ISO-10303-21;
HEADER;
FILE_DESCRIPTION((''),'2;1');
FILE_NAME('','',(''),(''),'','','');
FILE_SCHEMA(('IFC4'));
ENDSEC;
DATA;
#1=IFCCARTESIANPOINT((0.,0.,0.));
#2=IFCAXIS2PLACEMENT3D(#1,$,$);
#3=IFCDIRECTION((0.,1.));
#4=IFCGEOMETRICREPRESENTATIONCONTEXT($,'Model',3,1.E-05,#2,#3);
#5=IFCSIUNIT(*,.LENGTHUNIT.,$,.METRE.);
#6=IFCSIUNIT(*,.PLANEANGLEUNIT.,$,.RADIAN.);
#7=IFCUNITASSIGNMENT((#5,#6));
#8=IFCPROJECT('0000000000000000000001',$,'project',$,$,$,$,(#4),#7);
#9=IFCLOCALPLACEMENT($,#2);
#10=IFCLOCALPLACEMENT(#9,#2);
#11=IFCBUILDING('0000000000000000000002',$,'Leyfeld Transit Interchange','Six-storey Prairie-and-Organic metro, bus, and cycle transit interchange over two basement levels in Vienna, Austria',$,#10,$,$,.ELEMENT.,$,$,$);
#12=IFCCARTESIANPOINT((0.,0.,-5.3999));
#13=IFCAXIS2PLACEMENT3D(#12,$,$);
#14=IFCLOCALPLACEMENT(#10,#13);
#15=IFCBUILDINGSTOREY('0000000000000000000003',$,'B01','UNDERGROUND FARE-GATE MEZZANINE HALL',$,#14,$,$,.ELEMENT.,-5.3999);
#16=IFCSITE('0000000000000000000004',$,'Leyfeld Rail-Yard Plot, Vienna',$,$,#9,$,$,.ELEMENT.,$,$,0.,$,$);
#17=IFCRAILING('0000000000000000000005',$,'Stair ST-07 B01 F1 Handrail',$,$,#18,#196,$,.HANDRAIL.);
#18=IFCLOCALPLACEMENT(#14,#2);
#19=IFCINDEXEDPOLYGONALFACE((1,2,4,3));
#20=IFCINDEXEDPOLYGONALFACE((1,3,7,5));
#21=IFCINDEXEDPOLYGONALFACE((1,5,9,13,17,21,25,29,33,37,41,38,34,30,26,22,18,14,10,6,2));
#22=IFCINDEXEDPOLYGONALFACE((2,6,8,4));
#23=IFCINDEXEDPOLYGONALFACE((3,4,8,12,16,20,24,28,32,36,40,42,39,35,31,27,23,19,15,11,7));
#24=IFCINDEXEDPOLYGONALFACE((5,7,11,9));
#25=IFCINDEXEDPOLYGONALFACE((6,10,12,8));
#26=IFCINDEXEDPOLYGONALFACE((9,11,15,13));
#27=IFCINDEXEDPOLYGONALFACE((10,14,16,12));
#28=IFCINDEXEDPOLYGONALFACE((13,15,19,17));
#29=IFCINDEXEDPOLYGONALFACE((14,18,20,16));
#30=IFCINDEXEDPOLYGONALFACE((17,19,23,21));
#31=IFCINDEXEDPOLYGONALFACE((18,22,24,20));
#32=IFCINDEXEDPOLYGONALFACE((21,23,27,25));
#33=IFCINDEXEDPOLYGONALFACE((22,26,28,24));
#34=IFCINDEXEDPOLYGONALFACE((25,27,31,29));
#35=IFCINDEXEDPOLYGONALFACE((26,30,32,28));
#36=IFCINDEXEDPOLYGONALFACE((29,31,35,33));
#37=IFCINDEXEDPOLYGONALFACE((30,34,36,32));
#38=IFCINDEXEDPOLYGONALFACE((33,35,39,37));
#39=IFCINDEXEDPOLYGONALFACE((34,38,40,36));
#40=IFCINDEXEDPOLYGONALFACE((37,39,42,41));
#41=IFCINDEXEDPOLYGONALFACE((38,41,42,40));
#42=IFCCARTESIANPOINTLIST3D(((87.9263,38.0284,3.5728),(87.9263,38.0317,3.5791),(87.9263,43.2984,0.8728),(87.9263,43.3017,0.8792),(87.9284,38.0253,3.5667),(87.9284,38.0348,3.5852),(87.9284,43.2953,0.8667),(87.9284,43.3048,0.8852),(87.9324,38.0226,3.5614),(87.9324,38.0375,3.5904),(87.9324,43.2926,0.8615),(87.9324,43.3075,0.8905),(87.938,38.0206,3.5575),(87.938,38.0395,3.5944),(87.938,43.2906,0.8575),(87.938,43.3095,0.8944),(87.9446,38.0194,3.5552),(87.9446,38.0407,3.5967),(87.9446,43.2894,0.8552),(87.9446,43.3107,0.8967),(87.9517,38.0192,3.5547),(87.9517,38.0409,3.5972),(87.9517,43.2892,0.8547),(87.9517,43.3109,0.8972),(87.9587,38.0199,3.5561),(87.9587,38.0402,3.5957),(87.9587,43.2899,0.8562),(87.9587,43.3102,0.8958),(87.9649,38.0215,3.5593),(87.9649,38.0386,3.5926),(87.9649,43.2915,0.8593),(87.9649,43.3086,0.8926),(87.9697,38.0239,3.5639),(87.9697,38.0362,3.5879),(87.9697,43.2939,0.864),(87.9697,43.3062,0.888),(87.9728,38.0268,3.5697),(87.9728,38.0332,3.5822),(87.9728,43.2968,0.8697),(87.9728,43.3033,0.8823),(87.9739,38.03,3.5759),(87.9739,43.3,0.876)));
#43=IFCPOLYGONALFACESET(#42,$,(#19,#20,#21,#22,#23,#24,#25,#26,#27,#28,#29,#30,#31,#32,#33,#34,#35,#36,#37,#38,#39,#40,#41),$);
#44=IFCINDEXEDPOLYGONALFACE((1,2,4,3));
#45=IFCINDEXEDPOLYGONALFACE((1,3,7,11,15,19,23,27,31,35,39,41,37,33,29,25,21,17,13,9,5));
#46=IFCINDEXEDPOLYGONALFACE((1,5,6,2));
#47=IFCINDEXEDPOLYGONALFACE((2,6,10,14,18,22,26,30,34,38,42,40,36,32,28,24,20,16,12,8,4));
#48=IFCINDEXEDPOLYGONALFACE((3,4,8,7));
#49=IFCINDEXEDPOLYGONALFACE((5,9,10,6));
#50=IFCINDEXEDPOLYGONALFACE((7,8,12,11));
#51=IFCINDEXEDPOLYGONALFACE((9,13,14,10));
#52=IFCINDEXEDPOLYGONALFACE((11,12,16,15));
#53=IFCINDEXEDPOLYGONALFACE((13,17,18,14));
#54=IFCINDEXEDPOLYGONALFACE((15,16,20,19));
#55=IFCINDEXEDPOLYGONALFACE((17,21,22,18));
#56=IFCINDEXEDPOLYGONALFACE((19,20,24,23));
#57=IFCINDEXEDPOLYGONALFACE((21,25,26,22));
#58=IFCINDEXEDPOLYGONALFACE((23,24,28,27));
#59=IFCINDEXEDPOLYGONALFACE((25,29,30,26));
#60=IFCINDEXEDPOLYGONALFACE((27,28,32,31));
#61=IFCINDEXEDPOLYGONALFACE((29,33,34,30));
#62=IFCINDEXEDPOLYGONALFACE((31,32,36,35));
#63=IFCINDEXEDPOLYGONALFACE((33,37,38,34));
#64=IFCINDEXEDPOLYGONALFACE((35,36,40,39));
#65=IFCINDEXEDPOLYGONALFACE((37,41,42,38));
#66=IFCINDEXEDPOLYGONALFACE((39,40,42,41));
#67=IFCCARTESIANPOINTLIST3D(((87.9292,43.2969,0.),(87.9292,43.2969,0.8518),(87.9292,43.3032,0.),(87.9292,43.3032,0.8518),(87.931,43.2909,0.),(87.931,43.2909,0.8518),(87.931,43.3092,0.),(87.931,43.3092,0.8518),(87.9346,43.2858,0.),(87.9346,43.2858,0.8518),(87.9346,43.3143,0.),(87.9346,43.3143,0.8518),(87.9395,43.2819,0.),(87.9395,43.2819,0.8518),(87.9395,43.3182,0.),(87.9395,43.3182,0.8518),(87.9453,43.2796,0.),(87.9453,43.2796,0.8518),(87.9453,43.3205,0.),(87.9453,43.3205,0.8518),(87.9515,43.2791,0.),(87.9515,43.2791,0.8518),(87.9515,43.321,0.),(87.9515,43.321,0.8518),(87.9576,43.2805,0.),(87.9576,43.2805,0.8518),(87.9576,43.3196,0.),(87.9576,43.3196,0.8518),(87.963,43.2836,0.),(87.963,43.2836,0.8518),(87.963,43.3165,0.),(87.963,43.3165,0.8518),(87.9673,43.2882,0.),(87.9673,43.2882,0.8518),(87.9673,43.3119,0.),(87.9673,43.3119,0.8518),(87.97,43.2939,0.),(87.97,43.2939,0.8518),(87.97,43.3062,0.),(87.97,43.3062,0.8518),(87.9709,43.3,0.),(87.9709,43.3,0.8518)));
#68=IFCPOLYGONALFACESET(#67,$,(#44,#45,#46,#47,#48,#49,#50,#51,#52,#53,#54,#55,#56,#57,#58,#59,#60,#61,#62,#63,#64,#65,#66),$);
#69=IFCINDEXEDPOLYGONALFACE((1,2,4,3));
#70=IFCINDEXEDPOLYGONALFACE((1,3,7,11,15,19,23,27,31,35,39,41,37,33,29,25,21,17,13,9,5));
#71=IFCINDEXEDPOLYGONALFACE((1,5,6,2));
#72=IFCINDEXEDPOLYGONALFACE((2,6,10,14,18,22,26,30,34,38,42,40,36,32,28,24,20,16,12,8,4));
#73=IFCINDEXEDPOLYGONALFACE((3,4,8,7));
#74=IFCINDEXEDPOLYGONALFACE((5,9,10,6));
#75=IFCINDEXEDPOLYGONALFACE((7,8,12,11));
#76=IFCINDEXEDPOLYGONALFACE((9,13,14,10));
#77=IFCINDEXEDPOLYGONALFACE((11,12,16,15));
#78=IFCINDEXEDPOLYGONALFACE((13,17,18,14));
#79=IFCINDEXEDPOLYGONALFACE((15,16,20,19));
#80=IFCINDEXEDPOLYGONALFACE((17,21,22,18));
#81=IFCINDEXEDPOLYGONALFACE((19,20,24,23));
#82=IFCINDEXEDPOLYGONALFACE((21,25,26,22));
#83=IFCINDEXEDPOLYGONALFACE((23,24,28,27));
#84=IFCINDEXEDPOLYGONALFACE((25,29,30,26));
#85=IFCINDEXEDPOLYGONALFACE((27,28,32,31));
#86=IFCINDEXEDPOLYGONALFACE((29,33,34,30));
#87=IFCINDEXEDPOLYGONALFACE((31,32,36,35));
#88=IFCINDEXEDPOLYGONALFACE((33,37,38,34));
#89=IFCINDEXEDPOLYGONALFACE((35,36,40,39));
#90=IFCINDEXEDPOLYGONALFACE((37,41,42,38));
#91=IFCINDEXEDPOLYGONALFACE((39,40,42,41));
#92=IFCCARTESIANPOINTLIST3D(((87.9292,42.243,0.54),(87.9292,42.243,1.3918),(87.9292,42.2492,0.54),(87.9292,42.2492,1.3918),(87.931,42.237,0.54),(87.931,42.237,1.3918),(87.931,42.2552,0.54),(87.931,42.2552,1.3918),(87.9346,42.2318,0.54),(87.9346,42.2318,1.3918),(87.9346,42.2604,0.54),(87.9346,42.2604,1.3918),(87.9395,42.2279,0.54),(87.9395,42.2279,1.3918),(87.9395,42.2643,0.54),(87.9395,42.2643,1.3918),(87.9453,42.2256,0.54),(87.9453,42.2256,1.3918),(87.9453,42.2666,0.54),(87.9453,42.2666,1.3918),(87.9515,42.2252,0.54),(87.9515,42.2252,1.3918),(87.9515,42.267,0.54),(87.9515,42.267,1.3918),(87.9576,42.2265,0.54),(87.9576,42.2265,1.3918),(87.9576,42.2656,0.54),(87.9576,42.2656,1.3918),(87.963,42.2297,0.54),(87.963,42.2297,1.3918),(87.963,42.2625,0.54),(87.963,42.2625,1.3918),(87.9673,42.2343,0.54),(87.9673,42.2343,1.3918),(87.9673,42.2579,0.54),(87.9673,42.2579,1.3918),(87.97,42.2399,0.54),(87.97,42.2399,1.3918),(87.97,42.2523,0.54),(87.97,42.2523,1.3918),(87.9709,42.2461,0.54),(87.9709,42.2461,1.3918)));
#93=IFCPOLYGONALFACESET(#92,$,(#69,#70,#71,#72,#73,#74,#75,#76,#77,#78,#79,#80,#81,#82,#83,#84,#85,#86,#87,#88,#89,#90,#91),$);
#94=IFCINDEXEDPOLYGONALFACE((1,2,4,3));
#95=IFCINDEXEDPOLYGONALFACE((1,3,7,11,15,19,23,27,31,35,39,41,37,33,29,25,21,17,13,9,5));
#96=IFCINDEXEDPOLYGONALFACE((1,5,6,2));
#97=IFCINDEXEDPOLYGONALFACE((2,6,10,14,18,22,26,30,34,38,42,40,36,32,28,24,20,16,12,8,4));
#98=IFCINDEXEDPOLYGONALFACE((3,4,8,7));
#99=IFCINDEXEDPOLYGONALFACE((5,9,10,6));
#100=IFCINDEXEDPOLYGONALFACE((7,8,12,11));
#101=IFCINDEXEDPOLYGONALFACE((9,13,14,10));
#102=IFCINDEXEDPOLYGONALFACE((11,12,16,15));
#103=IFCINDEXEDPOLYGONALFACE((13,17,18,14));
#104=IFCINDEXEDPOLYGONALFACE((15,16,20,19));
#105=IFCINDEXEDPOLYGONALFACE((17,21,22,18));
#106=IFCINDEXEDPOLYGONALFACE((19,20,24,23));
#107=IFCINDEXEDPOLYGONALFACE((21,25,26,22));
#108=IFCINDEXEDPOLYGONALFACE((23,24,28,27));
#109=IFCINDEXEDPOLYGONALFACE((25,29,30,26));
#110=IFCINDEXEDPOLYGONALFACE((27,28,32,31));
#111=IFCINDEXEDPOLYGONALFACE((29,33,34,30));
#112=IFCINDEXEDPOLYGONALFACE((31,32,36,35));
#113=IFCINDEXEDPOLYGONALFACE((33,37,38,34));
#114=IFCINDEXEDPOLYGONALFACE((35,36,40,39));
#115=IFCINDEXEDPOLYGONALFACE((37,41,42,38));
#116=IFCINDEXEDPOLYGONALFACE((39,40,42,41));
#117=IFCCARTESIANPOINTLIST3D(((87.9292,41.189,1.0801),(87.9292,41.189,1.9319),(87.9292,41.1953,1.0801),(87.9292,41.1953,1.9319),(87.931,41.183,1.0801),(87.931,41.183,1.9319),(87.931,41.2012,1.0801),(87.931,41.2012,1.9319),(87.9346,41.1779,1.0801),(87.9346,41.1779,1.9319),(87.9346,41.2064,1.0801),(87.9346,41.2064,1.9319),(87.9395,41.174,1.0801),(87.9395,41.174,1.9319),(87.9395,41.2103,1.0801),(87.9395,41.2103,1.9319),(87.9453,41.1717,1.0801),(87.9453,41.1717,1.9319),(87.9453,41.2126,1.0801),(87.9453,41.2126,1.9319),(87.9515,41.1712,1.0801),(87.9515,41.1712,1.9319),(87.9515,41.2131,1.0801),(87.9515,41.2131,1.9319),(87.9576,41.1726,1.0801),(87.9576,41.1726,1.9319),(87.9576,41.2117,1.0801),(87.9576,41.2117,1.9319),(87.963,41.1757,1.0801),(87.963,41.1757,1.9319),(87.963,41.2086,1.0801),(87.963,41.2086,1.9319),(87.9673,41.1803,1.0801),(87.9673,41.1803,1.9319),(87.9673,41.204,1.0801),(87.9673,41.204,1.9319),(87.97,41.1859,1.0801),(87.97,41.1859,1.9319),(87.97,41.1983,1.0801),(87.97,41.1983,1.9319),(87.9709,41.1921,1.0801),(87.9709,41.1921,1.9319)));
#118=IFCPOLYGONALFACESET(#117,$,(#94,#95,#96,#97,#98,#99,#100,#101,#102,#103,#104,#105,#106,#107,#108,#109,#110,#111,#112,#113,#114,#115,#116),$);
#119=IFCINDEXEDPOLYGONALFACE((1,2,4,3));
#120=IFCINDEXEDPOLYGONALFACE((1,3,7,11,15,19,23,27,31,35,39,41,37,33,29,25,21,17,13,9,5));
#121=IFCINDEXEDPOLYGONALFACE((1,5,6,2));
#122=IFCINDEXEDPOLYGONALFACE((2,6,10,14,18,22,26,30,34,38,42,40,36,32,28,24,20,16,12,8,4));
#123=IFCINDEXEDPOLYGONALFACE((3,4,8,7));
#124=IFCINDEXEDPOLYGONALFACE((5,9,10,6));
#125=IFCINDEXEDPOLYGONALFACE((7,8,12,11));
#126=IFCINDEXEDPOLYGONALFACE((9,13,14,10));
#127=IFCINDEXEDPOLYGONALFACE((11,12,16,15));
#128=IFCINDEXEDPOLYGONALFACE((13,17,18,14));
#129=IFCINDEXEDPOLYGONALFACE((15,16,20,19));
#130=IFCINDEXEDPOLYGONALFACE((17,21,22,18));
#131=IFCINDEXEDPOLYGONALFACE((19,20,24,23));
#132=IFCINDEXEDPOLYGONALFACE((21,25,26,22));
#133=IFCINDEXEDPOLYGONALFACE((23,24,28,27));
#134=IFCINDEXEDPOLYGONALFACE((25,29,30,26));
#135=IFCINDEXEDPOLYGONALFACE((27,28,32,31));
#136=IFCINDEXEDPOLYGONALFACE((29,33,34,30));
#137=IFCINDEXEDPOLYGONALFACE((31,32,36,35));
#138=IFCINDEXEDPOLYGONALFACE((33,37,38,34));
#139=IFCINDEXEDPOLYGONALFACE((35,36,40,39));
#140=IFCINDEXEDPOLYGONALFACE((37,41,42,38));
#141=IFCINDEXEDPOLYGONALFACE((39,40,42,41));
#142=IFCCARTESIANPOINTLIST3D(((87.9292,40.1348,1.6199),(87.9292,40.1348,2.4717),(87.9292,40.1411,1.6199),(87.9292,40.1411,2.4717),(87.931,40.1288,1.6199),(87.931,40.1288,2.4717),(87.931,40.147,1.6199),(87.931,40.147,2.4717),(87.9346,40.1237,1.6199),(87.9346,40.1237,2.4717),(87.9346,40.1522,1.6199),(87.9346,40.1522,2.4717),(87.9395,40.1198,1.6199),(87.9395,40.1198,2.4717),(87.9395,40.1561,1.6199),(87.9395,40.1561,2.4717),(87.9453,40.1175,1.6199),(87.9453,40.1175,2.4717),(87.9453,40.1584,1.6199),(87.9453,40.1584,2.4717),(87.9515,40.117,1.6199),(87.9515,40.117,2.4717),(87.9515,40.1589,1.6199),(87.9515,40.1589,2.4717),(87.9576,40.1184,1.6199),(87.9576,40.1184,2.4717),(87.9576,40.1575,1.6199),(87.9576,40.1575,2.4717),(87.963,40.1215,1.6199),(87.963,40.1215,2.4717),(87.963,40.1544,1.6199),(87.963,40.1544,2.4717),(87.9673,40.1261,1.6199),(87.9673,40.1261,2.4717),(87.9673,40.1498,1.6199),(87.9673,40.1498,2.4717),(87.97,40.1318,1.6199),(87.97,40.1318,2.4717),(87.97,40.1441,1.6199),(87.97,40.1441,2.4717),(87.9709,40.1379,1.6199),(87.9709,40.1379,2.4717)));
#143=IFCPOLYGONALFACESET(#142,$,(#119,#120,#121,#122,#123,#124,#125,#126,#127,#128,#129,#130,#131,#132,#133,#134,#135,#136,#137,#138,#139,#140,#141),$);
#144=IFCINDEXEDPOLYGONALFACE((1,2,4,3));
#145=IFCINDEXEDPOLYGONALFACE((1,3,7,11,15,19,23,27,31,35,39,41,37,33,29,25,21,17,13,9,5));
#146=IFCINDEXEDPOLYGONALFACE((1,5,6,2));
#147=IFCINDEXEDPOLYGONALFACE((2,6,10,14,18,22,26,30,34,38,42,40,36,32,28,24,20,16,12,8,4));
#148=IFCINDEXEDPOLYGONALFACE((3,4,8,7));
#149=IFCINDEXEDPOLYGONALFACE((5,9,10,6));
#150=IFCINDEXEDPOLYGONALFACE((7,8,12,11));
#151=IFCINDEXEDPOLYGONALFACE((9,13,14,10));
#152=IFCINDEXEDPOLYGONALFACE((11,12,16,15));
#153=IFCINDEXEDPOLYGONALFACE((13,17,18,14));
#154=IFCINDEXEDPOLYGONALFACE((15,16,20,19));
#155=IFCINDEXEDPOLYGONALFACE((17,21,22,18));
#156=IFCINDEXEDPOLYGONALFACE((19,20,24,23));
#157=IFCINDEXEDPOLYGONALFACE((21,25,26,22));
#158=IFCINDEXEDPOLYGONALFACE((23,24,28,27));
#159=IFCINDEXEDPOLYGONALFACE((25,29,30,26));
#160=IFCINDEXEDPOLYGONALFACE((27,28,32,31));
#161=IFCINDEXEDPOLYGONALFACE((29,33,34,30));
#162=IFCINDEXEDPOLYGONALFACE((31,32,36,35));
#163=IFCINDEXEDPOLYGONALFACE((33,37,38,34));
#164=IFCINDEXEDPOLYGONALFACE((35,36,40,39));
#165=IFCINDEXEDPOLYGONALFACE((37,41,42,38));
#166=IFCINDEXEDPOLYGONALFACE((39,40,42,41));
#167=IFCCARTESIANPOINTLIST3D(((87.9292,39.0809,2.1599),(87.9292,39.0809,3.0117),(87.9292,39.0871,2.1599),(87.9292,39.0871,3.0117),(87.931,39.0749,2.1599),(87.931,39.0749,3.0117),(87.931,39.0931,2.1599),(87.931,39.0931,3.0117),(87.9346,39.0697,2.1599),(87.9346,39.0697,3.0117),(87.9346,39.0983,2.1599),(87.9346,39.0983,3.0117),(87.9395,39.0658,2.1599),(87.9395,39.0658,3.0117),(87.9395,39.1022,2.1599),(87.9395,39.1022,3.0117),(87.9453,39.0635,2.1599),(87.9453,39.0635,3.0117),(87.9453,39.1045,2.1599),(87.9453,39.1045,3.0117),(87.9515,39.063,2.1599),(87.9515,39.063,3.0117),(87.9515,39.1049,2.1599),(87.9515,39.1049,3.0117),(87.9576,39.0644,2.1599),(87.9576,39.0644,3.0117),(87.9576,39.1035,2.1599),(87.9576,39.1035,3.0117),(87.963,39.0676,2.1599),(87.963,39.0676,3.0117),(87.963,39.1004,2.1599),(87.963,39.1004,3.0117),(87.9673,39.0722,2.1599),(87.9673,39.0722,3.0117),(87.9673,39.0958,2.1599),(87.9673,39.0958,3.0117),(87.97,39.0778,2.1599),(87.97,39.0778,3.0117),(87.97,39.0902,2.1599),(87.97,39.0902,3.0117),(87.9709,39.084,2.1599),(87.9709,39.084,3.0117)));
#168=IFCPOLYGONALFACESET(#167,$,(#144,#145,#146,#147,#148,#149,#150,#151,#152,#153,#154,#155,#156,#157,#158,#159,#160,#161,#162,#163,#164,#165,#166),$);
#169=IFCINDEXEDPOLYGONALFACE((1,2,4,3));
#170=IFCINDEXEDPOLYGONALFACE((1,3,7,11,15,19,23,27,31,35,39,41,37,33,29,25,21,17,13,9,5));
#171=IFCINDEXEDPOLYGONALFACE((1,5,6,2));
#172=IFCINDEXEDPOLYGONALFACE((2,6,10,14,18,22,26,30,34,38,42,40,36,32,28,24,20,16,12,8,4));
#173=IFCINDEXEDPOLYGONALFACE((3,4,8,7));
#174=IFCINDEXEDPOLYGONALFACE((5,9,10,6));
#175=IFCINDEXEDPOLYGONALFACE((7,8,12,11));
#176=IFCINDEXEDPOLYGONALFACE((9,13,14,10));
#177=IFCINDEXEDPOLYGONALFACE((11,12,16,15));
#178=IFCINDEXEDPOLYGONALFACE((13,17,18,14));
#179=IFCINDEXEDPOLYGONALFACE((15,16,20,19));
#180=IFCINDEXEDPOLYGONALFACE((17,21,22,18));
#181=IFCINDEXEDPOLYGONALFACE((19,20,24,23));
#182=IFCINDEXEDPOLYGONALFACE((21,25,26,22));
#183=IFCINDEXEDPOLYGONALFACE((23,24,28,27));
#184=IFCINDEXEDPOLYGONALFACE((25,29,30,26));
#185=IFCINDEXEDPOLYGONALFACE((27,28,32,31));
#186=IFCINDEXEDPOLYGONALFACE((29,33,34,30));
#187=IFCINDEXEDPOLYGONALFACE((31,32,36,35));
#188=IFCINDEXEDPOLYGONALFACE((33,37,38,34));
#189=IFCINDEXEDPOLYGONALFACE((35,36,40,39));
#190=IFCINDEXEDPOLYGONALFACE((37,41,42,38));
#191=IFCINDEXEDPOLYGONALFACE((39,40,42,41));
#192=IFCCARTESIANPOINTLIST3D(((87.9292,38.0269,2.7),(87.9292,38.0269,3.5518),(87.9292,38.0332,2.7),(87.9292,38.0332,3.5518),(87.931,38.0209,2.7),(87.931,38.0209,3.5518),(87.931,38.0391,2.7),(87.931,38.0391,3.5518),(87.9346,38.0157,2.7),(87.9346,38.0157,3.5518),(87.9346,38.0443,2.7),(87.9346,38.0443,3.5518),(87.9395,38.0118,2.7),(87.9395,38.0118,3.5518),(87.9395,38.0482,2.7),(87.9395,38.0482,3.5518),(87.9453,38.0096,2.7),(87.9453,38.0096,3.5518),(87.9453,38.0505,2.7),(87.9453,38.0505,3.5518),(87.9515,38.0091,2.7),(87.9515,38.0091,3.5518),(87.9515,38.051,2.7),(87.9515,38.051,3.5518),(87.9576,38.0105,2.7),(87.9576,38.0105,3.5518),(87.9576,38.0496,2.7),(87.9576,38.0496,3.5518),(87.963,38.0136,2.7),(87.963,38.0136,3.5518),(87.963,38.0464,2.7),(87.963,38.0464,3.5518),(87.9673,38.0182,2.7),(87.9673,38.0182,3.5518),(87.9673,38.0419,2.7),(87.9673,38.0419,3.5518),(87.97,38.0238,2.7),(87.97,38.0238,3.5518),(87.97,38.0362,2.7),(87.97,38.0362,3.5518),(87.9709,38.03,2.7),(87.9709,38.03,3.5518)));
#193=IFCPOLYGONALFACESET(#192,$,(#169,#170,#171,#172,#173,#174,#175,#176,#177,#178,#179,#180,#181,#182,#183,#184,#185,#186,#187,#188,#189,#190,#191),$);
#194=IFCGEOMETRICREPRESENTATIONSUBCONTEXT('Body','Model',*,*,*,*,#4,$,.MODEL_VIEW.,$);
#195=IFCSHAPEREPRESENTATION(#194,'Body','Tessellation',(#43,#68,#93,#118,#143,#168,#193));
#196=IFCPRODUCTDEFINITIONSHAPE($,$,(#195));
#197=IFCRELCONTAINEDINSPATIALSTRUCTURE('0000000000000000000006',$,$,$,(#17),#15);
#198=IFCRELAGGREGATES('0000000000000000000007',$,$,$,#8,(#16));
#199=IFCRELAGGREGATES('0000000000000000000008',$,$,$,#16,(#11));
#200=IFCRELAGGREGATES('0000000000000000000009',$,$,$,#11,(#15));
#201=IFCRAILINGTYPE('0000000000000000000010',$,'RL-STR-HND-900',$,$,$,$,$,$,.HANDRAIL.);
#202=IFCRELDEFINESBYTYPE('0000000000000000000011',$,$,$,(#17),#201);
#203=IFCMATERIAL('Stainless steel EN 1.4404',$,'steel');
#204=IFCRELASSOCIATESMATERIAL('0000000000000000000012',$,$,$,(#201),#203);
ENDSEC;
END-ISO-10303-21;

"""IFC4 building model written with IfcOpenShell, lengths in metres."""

from ifc_helpers import new_model, si_unit, direction, frame, origin, origin_2d, place, context, subcontext, project, spatial, circle, extrude, material, type_object, element, save


model = new_model("IFC4")

# Units and contexts
model_context = context("Model", 3, precision=1e-05, world=origin(), true_north=direction((0.0, 1.0)))
body_context = subcontext(model_context, "Body", "Model", "MODEL_VIEW")
ifc_project = project(units=[si_unit("LENGTHUNIT", "METRE"), si_unit("PLANEANGLEUNIT", "RADIAN")], contexts=[model_context])

# Site, building, storey
site_placement = place(None, origin())
site = spatial("IfcSite", under=ifc_project, at=site_placement, Name="Leyfeld Rail-Yard Plot, Vienna", CompositionType="ELEMENT", RefElevation=0.0)
building_placement = place(site_placement, origin())
building = spatial("IfcBuilding", under=site, at=building_placement, Name="Leyfeld Transit Interchange", Description="Six-storey Prairie-and-Organic metro, bus, and cycle transit interchange over two basement levels in Vienna, Austria", CompositionType="ELEMENT")
storey_placement = place(building_placement, frame((0.0, 0.0, -5.3999)))
storey = spatial("IfcBuildingStorey", under=building, at=storey_placement, Name="B01", Description="UNDERGROUND FARE-GATE MEZZANINE HALL", CompositionType="ELEMENT", Elevation=-5.3999)

# Railing
ifc_material_1 = material(Name="Stainless steel EN 1.4404", Category="steel")
railing_type_1 = type_object("IfcRailingType", Name="RL-STR-HND-900", PredefinedType="HANDRAIL", material=ifc_material_1)
railing_1_placement = place(storey_placement, frame((87.95, 43.3, 0.0)))
element("IfcRailing", 1, at=railing_1_placement, inside=storey, type_object=railing_type_1, Name="Stair ST-07 B01 F1 Handrail", PredefinedType="HANDRAIL", context=body_context, shape_type="SweptSolid", body=[
    extrude(circle(Radius=0.0239, at=origin_2d()), frame((0.0, 0.0, 0.876), z_axis=(0.0, -0.889997, 0.455966), x_axis=(1.0, 0.0, 0.0)), (0.0, 0.0, 1.0), 5.9214),
    extrude(circle(Radius=0.021, at=origin_2d()), origin(), (0.0, 0.0, 1.0), 0.8518),
    extrude(circle(Radius=0.021, at=origin_2d()), frame((0.0, -1.054, 0.54)), (0.0, 0.0, 1.0), 0.8518),
    extrude(circle(Radius=0.021, at=origin_2d()), frame((0.0, -2.1079, 1.0801)), (0.0, 0.0, 1.0), 0.8518),
    extrude(circle(Radius=0.021, at=origin_2d()), frame((0.0, -3.1621, 1.6199)), (0.0, 0.0, 1.0), 0.8518),
    extrude(circle(Radius=0.021, at=origin_2d()), frame((0.0, -4.2161, 2.1599)), (0.0, 0.0, 1.0), 0.8518),
    extrude(circle(Radius=0.021, at=origin_2d()), frame((0.0, -5.27, 2.7)), (0.0, 0.0, 1.0), 0.8518),
])

save(model, "model.ifc")
